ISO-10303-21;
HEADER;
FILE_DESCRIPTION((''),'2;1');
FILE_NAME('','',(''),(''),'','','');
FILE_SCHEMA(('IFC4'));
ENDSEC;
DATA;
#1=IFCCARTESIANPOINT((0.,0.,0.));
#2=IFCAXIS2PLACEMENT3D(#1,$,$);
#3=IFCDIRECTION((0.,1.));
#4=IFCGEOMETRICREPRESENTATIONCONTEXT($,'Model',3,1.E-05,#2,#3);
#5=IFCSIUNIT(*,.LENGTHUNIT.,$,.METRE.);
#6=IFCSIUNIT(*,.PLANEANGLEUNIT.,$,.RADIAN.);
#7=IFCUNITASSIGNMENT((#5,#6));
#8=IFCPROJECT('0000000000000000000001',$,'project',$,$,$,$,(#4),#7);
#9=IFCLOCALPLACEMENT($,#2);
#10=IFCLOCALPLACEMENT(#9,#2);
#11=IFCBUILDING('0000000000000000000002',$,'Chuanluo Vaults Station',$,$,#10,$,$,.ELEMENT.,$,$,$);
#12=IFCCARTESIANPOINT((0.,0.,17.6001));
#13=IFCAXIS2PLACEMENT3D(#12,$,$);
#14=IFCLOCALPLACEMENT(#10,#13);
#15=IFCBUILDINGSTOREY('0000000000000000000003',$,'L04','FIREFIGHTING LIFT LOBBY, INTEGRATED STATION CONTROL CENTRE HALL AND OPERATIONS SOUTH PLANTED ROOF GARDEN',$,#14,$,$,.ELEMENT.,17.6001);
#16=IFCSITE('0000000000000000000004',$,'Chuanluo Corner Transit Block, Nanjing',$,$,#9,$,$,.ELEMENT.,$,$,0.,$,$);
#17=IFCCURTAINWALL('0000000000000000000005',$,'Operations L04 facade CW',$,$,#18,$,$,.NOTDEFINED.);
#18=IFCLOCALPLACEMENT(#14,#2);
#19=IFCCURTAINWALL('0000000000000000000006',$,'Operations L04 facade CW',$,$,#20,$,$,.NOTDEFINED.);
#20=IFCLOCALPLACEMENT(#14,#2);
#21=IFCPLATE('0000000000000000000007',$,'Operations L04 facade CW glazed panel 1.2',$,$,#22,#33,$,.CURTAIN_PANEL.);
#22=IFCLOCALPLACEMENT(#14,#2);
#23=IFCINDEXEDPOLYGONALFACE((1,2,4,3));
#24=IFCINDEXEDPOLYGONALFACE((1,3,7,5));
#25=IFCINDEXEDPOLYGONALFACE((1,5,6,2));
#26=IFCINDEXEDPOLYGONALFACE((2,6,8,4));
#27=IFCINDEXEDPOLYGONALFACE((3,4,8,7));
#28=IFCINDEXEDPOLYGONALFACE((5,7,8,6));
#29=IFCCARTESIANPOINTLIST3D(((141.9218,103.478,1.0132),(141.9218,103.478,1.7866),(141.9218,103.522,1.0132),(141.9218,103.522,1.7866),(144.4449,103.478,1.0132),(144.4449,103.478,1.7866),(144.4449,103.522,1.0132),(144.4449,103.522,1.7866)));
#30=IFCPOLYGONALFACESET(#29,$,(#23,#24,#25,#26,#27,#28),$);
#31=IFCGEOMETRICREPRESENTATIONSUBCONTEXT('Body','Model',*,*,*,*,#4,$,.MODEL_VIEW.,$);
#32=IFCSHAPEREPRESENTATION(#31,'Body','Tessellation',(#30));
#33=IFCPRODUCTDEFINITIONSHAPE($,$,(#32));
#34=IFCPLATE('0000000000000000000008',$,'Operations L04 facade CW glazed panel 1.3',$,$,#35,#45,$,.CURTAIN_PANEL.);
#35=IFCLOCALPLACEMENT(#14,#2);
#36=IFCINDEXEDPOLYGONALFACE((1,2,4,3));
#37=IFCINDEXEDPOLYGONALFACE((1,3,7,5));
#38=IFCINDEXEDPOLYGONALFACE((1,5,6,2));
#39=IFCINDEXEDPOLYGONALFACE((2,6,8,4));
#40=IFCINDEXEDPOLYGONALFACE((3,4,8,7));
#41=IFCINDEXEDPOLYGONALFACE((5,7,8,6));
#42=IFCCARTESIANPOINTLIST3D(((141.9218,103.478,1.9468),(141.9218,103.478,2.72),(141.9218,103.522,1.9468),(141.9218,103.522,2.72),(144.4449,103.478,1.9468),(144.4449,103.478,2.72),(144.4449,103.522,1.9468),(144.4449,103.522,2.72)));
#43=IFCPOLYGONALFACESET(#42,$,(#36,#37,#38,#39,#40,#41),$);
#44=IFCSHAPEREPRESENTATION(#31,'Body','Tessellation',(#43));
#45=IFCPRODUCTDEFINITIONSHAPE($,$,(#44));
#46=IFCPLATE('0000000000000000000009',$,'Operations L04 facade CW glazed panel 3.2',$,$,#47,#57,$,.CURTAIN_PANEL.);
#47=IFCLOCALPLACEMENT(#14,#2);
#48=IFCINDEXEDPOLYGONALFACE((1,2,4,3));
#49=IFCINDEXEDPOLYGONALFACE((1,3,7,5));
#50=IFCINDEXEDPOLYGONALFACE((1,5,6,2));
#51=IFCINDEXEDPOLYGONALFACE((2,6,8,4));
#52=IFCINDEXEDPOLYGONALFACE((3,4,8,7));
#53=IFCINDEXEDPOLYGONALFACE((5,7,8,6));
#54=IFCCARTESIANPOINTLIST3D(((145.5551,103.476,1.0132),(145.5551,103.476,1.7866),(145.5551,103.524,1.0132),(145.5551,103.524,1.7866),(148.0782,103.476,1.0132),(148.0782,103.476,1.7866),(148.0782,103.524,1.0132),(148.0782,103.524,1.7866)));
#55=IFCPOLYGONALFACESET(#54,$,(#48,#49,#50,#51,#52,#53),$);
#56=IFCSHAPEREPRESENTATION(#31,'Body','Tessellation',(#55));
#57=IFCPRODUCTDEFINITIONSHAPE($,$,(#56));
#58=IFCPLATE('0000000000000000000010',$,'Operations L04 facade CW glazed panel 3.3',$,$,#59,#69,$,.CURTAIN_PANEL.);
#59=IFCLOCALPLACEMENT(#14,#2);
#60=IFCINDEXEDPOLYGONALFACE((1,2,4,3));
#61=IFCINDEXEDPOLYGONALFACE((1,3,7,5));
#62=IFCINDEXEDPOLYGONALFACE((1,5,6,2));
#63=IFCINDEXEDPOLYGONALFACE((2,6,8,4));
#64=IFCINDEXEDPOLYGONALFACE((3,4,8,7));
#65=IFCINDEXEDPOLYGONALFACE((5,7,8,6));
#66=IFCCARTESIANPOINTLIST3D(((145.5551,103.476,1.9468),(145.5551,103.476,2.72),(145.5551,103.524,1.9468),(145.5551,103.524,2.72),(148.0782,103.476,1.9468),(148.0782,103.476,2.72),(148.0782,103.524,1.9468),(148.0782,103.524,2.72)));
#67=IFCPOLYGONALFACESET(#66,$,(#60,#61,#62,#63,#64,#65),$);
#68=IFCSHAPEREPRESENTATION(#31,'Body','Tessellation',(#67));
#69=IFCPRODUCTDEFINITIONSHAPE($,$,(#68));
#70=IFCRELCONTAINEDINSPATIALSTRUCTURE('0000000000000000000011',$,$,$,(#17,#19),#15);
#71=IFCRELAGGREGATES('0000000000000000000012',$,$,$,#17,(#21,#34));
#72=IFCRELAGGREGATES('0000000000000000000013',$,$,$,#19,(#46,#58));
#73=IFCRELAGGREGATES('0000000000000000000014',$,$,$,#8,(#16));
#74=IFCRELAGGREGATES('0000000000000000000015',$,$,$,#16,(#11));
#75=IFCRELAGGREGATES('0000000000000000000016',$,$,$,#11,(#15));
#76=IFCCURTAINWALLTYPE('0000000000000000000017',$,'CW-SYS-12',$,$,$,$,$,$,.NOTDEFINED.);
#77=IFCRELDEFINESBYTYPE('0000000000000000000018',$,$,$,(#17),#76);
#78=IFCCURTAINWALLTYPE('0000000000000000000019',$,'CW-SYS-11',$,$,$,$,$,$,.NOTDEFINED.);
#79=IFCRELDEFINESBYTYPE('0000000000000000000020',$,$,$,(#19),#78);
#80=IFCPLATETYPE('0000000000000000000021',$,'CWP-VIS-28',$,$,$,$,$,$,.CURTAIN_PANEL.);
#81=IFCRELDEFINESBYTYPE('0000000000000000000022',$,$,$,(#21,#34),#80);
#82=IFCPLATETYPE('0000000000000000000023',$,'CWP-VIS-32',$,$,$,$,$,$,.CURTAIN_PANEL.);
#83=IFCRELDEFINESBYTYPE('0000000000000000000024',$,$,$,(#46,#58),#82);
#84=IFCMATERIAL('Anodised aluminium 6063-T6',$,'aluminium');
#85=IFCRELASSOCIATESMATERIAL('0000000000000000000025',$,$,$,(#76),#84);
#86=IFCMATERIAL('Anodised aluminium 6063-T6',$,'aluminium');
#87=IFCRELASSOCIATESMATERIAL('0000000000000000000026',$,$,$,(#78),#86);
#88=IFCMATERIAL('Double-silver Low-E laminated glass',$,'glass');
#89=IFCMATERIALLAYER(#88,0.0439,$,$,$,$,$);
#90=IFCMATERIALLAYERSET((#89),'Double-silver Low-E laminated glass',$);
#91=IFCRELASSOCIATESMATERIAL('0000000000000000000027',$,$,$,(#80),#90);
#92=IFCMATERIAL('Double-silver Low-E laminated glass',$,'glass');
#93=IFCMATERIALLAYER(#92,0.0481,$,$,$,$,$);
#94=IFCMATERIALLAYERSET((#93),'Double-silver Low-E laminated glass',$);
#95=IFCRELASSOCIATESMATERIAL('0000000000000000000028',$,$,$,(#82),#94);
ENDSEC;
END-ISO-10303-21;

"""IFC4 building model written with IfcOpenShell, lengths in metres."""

from ifc_helpers import new_model, si_unit, direction, frame, origin, origin_2d, place, context, subcontext, project, spatial, rectangle, extrude, material, layer, layer_set, type_object, element, aggregate, save


model = new_model("IFC4")

# Units and contexts
model_context = context("Model", 3, precision=1e-05, world=origin(), true_north=direction((0.0, 1.0)))
body_context = subcontext(model_context, "Body", "Model", "MODEL_VIEW")
ifc_project = project(units=[si_unit("LENGTHUNIT", "METRE"), si_unit("PLANEANGLEUNIT", "RADIAN")], contexts=[model_context])

# Site, building, storey
site_placement = place(None, origin())
site = spatial("IfcSite", under=ifc_project, at=site_placement, Name="Chuanluo Corner Transit Block, Nanjing", CompositionType="ELEMENT", RefElevation=0.0)
building_placement = place(site_placement, origin())
building = spatial("IfcBuilding", under=site, at=building_placement, Name="Chuanluo Vaults Station", CompositionType="ELEMENT")
storey_placement = place(building_placement, frame((0.0, 0.0, 17.6001)))
storey = spatial("IfcBuildingStorey", under=building, at=storey_placement, Name="L04", Description="FIREFIGHTING LIFT LOBBY, INTEGRATED STATION CONTROL CENTRE HALL AND OPERATIONS SOUTH PLANTED ROOF GARDEN", CompositionType="ELEMENT", Elevation=17.6001)

# Curtain wall
ifc_material_1 = material(Name="Anodised aluminium 6063-T6", Category="aluminium")
curtain_wall_type_1 = type_object("IfcCurtainWallType", Name="CW-SYS-12", PredefinedType="NOTDEFINED", material=ifc_material_1)
curtain_wall_1_placement = place(storey_placement, origin())
curtain_wall_1 = element("IfcCurtainWall", 1, at=curtain_wall_1_placement, inside=storey, type_object=curtain_wall_type_1, Name="Operations L04 facade CW", PredefinedType="NOTDEFINED")

# Curtain wall
ifc_material_2 = material(Name="Anodised aluminium 6063-T6", Category="aluminium")
curtain_wall_type_2 = type_object("IfcCurtainWallType", Name="CW-SYS-11", PredefinedType="NOTDEFINED", material=ifc_material_2)
curtain_wall_2_placement = place(storey_placement, origin())
curtain_wall_2 = element("IfcCurtainWall", 2, at=curtain_wall_2_placement, inside=storey, type_object=curtain_wall_type_2, Name="Operations L04 facade CW", PredefinedType="NOTDEFINED")

# Plates
ifc_material_3 = material(Name="Double-silver Low-E laminated glass", Category="glass")
ifc_layer_1 = layer(ifc_material_3, 0.0439)
ifc_layer_set_1 = layer_set([ifc_layer_1], Name="Double-silver Low-E laminated glass")
plate_type_1 = type_object("IfcPlateType", Name="CWP-VIS-28", PredefinedType="CURTAIN_PANEL", material=ifc_layer_set_1)
plate_1_placement = place(storey_placement, frame((143.1833, 103.5, 1.0132), z_axis=(0.0, 0.0, 1.0), x_axis=(-1.0, 0.0, 0.0)))
plate_1 = element("IfcPlate", 3, at=plate_1_placement, type_object=plate_type_1, Name="Operations L04 facade CW glazed panel 1.2", PredefinedType="CURTAIN_PANEL", context=body_context, shape_type="SweptSolid", body=[
    extrude(rectangle(XDim=2.5232, YDim=0.0439, at=origin_2d()), origin(), (0.0, 0.0, 1.0), 0.7734),
])
plate_2_placement = place(storey_placement, frame((143.1833, 103.5, 1.9468), z_axis=(0.0, 0.0, 1.0), x_axis=(-1.0, 0.0, 0.0)))
plate_2 = element("IfcPlate", 4, at=plate_2_placement, type_object=plate_type_1, Name="Operations L04 facade CW glazed panel 1.3", PredefinedType="CURTAIN_PANEL", context=body_context, shape_type="SweptSolid", body=[
    extrude(rectangle(XDim=2.5232, YDim=0.0439, at=origin_2d()), origin(), (0.0, 0.0, 1.0), 0.7732),
])
aggregate(curtain_wall_1, [plate_1, plate_2])
ifc_material_4 = material(Name="Double-silver Low-E laminated glass", Category="glass")
ifc_layer_2 = layer(ifc_material_4, 0.0481)
ifc_layer_set_2 = layer_set([ifc_layer_2], Name="Double-silver Low-E laminated glass")
plate_type_2 = type_object("IfcPlateType", Name="CWP-VIS-32", PredefinedType="CURTAIN_PANEL", material=ifc_layer_set_2)
plate_3_placement = place(storey_placement, frame((146.8167, 103.5, 1.0132), z_axis=(0.0, 0.0, 1.0), x_axis=(-1.0, 0.0, 0.0)))
plate_3 = element("IfcPlate", 5, at=plate_3_placement, type_object=plate_type_2, Name="Operations L04 facade CW glazed panel 3.2", PredefinedType="CURTAIN_PANEL", context=body_context, shape_type="SweptSolid", body=[
    extrude(rectangle(XDim=2.5232, YDim=0.0481, at=origin_2d()), origin(), (0.0, 0.0, 1.0), 0.7734),
])
plate_4_placement = place(storey_placement, frame((146.8167, 103.5, 1.9468), z_axis=(0.0, 0.0, 1.0), x_axis=(-1.0, 0.0, 0.0)))
plate_4 = element("IfcPlate", 6, at=plate_4_placement, type_object=plate_type_2, Name="Operations L04 facade CW glazed panel 3.3", PredefinedType="CURTAIN_PANEL", context=body_context, shape_type="SweptSolid", body=[
    extrude(rectangle(XDim=2.5232, YDim=0.0481, at=origin_2d()), origin(), (0.0, 0.0, 1.0), 0.7732),
])
aggregate(curtain_wall_2, [plate_3, plate_4])

save(model, "model.ifc")
